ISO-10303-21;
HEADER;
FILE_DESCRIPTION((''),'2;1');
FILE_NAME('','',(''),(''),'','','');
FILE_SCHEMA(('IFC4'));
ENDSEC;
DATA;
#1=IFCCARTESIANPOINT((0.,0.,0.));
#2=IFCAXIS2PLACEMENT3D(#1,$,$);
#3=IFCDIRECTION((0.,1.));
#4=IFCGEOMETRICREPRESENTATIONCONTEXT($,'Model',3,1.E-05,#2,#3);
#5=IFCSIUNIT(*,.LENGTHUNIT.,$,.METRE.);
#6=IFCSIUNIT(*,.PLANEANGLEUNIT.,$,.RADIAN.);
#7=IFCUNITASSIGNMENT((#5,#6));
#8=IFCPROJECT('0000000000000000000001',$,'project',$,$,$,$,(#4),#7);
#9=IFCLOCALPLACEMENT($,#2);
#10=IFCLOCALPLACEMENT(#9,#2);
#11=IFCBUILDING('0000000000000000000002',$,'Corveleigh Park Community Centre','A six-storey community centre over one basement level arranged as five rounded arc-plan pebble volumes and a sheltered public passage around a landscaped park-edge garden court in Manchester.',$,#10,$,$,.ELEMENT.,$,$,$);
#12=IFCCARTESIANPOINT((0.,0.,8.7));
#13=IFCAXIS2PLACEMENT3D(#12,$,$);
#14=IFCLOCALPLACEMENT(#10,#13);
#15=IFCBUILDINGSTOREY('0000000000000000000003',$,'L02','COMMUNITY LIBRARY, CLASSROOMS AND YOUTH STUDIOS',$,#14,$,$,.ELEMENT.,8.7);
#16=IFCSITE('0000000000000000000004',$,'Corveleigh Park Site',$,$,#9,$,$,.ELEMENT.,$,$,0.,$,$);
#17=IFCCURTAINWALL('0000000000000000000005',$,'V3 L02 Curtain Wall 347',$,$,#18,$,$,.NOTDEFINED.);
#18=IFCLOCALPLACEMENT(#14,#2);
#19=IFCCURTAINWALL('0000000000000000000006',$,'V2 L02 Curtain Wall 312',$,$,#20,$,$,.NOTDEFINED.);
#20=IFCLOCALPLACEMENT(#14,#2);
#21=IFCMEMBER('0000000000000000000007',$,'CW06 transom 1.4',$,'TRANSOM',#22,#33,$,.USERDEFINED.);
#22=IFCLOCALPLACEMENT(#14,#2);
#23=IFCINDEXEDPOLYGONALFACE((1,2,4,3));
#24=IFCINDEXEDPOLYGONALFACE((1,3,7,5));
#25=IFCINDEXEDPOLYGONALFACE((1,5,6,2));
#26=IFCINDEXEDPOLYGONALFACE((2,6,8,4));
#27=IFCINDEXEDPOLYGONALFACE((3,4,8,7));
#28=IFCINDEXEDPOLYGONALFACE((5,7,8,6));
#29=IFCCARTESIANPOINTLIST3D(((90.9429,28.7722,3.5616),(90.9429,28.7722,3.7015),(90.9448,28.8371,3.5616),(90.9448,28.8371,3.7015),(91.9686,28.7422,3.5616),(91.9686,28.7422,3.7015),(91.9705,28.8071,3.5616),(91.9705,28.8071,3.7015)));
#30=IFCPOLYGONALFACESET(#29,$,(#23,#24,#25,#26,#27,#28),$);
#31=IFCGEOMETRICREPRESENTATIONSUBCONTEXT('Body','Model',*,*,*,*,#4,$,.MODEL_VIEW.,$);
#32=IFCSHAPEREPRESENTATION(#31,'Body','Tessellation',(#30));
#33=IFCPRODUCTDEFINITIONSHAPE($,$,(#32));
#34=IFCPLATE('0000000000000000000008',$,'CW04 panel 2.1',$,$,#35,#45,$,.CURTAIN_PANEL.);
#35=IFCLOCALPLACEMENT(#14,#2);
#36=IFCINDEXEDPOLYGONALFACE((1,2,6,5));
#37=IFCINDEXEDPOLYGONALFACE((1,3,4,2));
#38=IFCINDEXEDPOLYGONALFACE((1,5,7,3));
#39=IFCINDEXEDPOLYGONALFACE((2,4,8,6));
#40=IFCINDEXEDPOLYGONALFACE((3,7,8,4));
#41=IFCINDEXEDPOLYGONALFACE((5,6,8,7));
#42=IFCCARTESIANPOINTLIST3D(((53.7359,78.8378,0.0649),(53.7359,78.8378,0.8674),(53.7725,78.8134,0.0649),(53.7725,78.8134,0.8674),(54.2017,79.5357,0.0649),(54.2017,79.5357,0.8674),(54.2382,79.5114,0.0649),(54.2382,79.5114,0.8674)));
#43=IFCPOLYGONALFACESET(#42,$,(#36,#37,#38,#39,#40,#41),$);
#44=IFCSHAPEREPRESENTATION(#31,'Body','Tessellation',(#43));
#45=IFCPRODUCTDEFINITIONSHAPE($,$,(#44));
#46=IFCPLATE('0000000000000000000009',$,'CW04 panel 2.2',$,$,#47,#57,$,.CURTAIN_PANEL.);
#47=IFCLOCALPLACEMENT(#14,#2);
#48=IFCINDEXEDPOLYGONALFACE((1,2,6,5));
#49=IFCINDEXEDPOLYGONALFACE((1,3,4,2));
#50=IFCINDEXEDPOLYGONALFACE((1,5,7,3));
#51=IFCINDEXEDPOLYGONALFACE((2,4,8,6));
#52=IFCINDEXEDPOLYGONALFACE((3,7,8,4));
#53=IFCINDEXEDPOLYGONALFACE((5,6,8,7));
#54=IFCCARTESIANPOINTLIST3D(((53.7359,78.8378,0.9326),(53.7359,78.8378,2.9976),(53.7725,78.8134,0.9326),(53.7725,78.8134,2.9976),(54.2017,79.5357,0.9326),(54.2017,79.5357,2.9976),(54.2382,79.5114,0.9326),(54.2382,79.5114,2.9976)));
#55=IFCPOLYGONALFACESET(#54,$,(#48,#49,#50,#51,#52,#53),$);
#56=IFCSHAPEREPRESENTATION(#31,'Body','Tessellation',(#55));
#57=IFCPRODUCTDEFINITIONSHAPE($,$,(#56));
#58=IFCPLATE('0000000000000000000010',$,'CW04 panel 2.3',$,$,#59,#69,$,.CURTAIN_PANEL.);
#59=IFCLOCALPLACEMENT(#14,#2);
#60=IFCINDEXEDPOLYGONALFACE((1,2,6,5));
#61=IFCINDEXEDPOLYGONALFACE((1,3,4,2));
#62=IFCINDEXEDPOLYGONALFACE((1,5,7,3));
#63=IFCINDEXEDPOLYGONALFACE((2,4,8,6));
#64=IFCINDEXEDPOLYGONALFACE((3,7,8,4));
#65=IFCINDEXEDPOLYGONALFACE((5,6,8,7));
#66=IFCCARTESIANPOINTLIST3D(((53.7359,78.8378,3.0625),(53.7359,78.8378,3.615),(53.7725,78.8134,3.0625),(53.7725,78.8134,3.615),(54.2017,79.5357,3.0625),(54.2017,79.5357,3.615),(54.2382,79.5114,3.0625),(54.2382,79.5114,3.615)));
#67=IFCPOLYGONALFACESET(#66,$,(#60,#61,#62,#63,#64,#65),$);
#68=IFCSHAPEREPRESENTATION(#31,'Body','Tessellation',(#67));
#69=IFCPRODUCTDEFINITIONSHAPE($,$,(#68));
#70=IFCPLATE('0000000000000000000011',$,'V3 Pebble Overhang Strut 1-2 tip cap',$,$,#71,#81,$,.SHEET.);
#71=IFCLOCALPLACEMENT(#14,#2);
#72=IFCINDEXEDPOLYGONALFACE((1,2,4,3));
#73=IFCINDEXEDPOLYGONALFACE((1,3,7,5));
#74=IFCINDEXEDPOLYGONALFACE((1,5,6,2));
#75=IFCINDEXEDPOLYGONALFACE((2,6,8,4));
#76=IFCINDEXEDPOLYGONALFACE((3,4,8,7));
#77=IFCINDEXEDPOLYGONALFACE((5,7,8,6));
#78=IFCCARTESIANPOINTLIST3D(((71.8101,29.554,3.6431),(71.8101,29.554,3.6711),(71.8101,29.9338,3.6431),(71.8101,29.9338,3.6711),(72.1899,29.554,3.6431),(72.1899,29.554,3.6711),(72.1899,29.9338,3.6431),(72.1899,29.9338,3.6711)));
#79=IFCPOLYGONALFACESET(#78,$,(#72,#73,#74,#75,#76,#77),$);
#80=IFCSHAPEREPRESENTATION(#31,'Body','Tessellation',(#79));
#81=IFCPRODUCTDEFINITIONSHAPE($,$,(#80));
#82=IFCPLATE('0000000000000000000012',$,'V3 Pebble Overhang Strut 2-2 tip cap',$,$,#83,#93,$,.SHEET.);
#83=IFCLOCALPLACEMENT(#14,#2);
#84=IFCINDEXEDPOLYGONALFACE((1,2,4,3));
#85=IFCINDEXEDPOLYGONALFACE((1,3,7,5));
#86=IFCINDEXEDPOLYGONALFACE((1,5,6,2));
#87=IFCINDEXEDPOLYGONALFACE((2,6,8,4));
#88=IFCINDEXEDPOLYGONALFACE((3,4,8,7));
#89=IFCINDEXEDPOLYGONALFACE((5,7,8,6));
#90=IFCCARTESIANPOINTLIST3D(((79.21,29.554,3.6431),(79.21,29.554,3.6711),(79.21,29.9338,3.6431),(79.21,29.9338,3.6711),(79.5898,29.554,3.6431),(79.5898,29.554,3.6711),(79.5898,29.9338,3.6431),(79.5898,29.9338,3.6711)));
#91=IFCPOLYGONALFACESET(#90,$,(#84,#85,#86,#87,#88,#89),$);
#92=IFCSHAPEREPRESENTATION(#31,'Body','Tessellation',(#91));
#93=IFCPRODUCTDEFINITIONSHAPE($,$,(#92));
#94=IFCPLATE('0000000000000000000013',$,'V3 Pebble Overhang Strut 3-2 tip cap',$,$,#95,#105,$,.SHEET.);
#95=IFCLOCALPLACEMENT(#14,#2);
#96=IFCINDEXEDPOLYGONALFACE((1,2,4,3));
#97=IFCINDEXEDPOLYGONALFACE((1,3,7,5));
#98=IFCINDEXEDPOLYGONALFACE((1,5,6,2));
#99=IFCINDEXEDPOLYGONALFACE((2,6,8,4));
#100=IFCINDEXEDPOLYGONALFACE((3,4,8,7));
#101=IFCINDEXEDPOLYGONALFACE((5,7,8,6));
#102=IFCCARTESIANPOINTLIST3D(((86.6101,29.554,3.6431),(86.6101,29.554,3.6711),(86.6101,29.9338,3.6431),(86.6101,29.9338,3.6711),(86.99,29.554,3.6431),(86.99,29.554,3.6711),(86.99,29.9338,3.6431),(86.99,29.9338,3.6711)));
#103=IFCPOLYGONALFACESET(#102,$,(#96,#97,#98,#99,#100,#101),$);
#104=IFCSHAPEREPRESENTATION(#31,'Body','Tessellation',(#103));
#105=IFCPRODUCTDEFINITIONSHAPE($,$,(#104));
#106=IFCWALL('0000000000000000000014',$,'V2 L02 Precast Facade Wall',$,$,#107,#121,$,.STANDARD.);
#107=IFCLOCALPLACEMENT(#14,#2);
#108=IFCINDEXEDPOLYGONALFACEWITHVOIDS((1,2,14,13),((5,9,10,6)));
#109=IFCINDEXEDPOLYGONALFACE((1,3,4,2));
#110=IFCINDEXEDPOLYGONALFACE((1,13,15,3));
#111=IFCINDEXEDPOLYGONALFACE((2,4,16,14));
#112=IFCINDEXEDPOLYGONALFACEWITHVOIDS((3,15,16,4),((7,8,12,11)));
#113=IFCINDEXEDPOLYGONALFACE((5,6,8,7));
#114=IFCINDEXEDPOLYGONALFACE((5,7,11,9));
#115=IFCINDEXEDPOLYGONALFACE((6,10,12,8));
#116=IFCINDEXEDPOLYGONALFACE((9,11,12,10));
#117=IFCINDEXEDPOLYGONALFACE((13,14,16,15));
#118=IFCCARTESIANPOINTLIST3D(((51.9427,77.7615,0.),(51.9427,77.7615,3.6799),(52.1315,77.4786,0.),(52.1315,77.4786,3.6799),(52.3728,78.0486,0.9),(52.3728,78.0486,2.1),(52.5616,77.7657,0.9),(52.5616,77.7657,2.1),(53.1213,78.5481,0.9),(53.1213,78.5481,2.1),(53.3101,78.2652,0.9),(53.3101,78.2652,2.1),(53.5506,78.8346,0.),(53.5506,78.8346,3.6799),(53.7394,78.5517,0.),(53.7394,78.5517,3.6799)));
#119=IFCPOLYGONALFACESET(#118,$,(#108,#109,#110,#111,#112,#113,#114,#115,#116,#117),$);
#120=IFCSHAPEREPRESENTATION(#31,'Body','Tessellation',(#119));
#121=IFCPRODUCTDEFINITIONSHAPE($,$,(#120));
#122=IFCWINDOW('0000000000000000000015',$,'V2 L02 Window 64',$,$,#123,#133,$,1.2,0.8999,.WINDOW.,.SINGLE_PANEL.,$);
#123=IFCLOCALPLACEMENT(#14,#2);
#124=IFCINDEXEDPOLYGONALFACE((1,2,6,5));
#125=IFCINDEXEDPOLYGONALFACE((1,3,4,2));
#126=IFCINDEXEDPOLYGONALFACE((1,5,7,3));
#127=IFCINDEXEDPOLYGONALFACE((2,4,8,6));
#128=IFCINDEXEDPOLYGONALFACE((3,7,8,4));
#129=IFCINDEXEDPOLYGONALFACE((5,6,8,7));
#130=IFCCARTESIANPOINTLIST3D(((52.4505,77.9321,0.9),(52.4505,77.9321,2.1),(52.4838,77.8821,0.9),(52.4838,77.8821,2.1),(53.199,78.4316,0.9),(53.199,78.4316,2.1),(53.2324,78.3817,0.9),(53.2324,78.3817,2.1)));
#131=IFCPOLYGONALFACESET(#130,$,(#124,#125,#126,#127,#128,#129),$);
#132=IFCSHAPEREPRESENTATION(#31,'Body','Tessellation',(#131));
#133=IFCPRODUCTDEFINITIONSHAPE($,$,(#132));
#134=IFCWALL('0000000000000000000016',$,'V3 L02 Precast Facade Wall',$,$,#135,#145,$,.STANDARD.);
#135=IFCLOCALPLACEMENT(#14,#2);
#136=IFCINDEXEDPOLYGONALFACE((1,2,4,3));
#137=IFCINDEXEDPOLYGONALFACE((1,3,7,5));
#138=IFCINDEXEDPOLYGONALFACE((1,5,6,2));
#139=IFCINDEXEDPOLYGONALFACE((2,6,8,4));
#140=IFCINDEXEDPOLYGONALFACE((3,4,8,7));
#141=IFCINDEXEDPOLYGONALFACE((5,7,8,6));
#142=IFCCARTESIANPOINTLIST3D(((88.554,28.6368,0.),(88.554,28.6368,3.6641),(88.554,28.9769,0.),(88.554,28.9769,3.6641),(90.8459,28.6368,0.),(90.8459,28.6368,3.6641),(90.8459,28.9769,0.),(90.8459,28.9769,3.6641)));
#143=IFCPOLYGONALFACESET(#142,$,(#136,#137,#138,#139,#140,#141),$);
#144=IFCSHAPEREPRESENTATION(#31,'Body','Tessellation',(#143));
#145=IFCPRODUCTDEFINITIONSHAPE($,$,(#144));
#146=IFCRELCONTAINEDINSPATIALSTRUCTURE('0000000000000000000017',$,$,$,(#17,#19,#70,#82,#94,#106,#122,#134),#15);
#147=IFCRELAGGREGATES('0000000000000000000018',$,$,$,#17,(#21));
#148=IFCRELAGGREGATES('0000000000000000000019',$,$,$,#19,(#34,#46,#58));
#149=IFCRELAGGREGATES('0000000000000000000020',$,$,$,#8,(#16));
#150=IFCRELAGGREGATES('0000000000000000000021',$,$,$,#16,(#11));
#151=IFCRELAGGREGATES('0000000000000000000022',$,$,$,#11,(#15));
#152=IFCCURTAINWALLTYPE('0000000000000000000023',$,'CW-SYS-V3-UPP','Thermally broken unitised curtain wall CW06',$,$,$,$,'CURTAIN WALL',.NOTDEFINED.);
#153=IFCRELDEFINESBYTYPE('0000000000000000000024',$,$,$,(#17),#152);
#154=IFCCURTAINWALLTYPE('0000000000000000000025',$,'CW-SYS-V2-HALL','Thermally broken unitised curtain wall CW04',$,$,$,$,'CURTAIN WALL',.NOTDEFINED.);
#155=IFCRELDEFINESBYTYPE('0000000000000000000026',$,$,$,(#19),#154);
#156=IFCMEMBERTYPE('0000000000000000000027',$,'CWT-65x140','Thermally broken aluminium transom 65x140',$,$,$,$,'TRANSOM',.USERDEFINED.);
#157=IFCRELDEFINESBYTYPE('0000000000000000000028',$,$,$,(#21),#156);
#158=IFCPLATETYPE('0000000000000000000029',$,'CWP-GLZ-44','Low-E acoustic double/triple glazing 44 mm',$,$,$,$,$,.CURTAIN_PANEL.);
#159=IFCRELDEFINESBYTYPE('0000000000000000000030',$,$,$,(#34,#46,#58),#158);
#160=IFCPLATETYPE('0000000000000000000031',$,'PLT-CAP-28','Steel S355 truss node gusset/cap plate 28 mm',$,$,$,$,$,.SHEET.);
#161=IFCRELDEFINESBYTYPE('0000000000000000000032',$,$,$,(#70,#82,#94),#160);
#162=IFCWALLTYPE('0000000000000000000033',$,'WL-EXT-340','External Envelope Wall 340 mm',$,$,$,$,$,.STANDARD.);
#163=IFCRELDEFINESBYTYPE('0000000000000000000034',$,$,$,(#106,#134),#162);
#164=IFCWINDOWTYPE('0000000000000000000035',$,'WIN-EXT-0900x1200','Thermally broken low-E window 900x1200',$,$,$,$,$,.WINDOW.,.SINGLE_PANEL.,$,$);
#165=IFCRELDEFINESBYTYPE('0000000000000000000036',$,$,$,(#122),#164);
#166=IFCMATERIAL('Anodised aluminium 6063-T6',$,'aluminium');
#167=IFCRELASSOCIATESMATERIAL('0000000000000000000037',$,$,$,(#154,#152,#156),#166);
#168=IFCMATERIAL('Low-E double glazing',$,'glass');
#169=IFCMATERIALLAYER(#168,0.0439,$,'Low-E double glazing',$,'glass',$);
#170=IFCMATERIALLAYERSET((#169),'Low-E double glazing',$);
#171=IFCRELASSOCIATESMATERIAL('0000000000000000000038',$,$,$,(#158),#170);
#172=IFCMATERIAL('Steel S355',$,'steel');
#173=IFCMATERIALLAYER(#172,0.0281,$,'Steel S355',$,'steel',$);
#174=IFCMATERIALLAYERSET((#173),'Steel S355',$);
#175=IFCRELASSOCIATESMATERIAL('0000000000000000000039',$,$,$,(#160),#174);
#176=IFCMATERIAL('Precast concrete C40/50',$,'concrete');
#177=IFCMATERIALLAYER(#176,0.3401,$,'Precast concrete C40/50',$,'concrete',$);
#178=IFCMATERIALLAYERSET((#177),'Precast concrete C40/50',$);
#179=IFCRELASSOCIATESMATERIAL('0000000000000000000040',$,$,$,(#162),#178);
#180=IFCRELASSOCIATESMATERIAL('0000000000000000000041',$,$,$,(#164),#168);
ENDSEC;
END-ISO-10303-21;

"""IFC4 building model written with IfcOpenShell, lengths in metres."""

from ifc_helpers import new_model, si_unit, direction, frame, frame_2d, origin, origin_2d, place, context, subcontext, project, spatial, rectangle, extrude, material, layer, layer_set, material_profile, profile_set, type_object, element, fill, aggregate, save


model = new_model("IFC4")

# Units and contexts
model_context = context("Model", 3, precision=1e-05, world=origin(), true_north=direction((0.0, 1.0)))
body_context = subcontext(model_context, "Body", "Model", "MODEL_VIEW")
ifc_project = project(units=[si_unit("LENGTHUNIT", "METRE"), si_unit("PLANEANGLEUNIT", "RADIAN")], contexts=[model_context])

# Site, building, storey
site_placement = place(None, origin())
site = spatial("IfcSite", under=ifc_project, at=site_placement, Name="Corveleigh Park Site", CompositionType="ELEMENT", RefElevation=0.0)
building_placement = place(site_placement, origin())
building = spatial("IfcBuilding", under=site, at=building_placement, Name="Corveleigh Park Community Centre", Description="A six-storey community centre over one basement level arranged as five rounded arc-plan pebble volumes and a sheltered public passage around a landscaped park-edge garden court in Manchester.", CompositionType="ELEMENT")
storey_placement = place(building_placement, frame((0.0, 0.0, 8.7)))
storey = spatial("IfcBuildingStorey", under=building, at=storey_placement, Name="L02", Description="COMMUNITY LIBRARY, CLASSROOMS AND YOUTH STUDIOS", CompositionType="ELEMENT", Elevation=8.7)

# Curtain wall
ifc_material_1 = material(Name="Anodised aluminium 6063-T6", Category="aluminium")
curtain_wall_type_1 = type_object("IfcCurtainWallType", Name="CW-SYS-V2-HALL", Description="Thermally broken unitised curtain wall CW04", ElementType="CURTAIN WALL", PredefinedType="NOTDEFINED", material=ifc_material_1)
curtain_wall_type_2 = type_object("IfcCurtainWallType", Name="CW-SYS-V3-UPP", Description="Thermally broken unitised curtain wall CW06", ElementType="CURTAIN WALL", PredefinedType="NOTDEFINED", material=ifc_material_1)
curtain_wall_1_placement = place(storey_placement, origin())
curtain_wall_1 = element("IfcCurtainWall", 1, at=curtain_wall_1_placement, inside=storey, type_object=curtain_wall_type_2, Name="V3 L02 Curtain Wall 347", PredefinedType="NOTDEFINED")

# Curtain wall
curtain_wall_2_placement = place(storey_placement, origin())
curtain_wall_2 = element("IfcCurtainWall", 2, at=curtain_wall_2_placement, inside=storey, type_object=curtain_wall_type_1, Name="V2 L02 Curtain Wall 312", PredefinedType="NOTDEFINED")

# Member
ifc_material_profile_1 = material_profile(ifc_material_1, rectangle(XDim=0.0649, YDim=0.1399, at=origin_2d()), Name="ALU-T65x140", Category="aluminium")
ifc_profile_set_1 = profile_set([ifc_material_profile_1], Name="Anodised aluminium 6063-T6")
member_type_1 = type_object("IfcMemberType", Name="CWT-65x140", Description="Thermally broken aluminium transom 65x140", ElementType="TRANSOM", PredefinedType="USERDEFINED", material=ifc_profile_set_1)
member_1_placement = place(storey_placement, frame((90.9438, 28.8047, 3.6316), z_axis=(0.999572, -0.029266, 0.0), x_axis=(0.029266, 0.999572, 0.0)))
member_1 = element("IfcMember", 3, at=member_1_placement, type_object=member_type_1, Name="CW06 transom 1.4", ObjectType="TRANSOM", PredefinedType="USERDEFINED", context=body_context, shape_type="SweptSolid", body=[
    extrude(rectangle(XDim=0.0649, YDim=0.1399, at=origin_2d()), origin(), (0.0, 0.0, 1.0), 1.0261),
])
aggregate(curtain_wall_1, [member_1])

# Plates
ifc_material_2 = material(Name="Low-E double glazing", Category="glass")
ifc_layer_1 = layer(ifc_material_2, 0.0439, Name="Low-E double glazing", Category="glass")
ifc_layer_set_1 = layer_set([ifc_layer_1], Name="Low-E double glazing")
plate_type_1 = type_object("IfcPlateType", Name="CWP-GLZ-44", Description="Low-E acoustic double/triple glazing 44 mm", PredefinedType="CURTAIN_PANEL", material=ifc_layer_set_1)
plate_1_placement = place(storey_placement, frame((53.9871, 79.1746, 0.0649), z_axis=(0.0, 0.0, 1.0), x_axis=(-0.555058, -0.831811, 0.0)))
plate_1 = element("IfcPlate", 4, at=plate_1_placement, type_object=plate_type_1, Name="CW04 panel 2.1", PredefinedType="CURTAIN_PANEL", context=body_context, shape_type="SweptSolid", body=[
    extrude(rectangle(XDim=0.8391, YDim=0.0439, at=origin_2d()), origin(), (0.0, 0.0, 1.0), 0.8025),
])
plate_2_placement = place(storey_placement, frame((53.9871, 79.1746, 0.9326), z_axis=(0.0, 0.0, 1.0), x_axis=(-0.555058, -0.831811, 0.0)))
plate_2 = element("IfcPlate", 5, at=plate_2_placement, type_object=plate_type_1, Name="CW04 panel 2.2", PredefinedType="CURTAIN_PANEL", context=body_context, shape_type="SweptSolid", body=[
    extrude(rectangle(XDim=0.8391, YDim=0.0439, at=origin_2d()), origin(), (0.0, 0.0, 1.0), 2.0649),
])
plate_3_placement = place(storey_placement, frame((53.9871, 79.1746, 3.0625), z_axis=(0.0, 0.0, 1.0), x_axis=(-0.555058, -0.831811, 0.0)))
plate_3 = element("IfcPlate", 6, at=plate_3_placement, type_object=plate_type_1, Name="CW04 panel 2.3", PredefinedType="CURTAIN_PANEL", context=body_context, shape_type="SweptSolid", body=[
    extrude(rectangle(XDim=0.8391, YDim=0.0439, at=origin_2d()), origin(), (0.0, 0.0, 1.0), 0.5525),
])
aggregate(curtain_wall_2, [plate_1, plate_2, plate_3])

# Plates
ifc_material_3 = material(Name="Steel S355", Category="steel")
ifc_layer_2 = layer(ifc_material_3, 0.0281, Name="Steel S355", Category="steel")
ifc_layer_set_2 = layer_set([ifc_layer_2], Name="Steel S355")
plate_type_2 = type_object("IfcPlateType", Name="PLT-CAP-28", Description="Steel S355 truss node gusset/cap plate 28 mm", PredefinedType="SHEET", material=ifc_layer_set_2)
for number, where, z_axis, x_axis, name in (
    (7, (72.0, 29.7439, 3.6431), (0.0, 0.0, 1.0), (1.0, 0.0, 0.0), "V3 Pebble Overhang Strut 1-2 tip cap"),
    (8, (79.3999, 29.7439, 3.6431), (0.0, 0.0, 1.0), (1.0, 0.0, 0.0), "V3 Pebble Overhang Strut 2-2 tip cap"),
    (9, (86.8, 29.7439, 3.6431), (0.0, 0.0, 1.0), (1.0, 0.0, 0.0), "V3 Pebble Overhang Strut 3-2 tip cap"),
):
    element("IfcPlate", number, at=place(storey_placement, frame(where, z_axis=z_axis, x_axis=x_axis)), inside=storey, type_object=plate_type_2, Name=name, PredefinedType="SHEET", context=body_context, shape_type="SweptSolid", body=[
        extrude(rectangle(XDim=0.3799, YDim=0.3799, at=origin_2d()), origin(), (0.0, 0.0, 1.0), 0.0281),
    ])

# Wall, opening, window
ifc_material_4 = material(Name="Precast concrete C40/50", Category="concrete")
ifc_layer_3 = layer(ifc_material_4, 0.3401, Name="Precast concrete C40/50", Category="concrete")
ifc_layer_set_3 = layer_set([ifc_layer_3], Name="Precast concrete C40/50")
wall_type = type_object("IfcWallType", Name="WL-EXT-340", Description="External Envelope Wall 340 mm", PredefinedType="STANDARD", material=ifc_layer_set_3)
wall_1_placement = place(storey_placement, frame((53.645, 78.6931, 0.0), z_axis=(0.0, 0.0, 1.0), x_axis=(-0.831798, -0.555079, 0.0)))
wall_1 = element("IfcWall", 10, at=wall_1_placement, inside=storey, type_object=wall_type, Name="V2 L02 Precast Facade Wall", PredefinedType="STANDARD", context=body_context, shape_type="SweptSolid", body=[
    extrude(rectangle(XDim=1.9331, YDim=0.3401, at=frame_2d((0.9666, 0.0))), origin(), (0.0, 0.0, 1.0), 3.6799),
])
opening_placement = place(wall_1_placement, frame((0.5161, 0.0, 0.8999)))
opening = element("IfcOpeningElement", 11, at=opening_placement, cuts=wall_1, PredefinedType="OPENING", context=body_context, shape_type="SweptSolid", body=[
    extrude(rectangle(XDim=0.8999, YDim=1.2, at=frame_2d((0.45, 0.6001))), frame((0.0, 0.1799, 0.0), z_axis=(0.0, -1.0, 0.0), x_axis=(1.0, 0.0, 0.0)), (0.0, 0.0, 1.0), 0.3601),
])
window_type = type_object("IfcWindowType", Name="WIN-EXT-0900x1200", Description="Thermally broken low-E window 900x1200", PartitioningType="SINGLE_PANEL", PredefinedType="WINDOW", material=ifc_material_2)
window_placement = place(opening_placement, origin())
window = element("IfcWindow", 12, at=window_placement, inside=storey, type_object=window_type, Name="V2 L02 Window 64", OverallHeight=1.2, OverallWidth=0.8999, PartitioningType="SINGLE_PANEL", PredefinedType="WINDOW", context=body_context, shape_type="SweptSolid", body=[
    extrude(rectangle(XDim=0.8999, YDim=1.2, at=frame_2d((0.45, 0.6001))), frame((0.0, 0.03, 0.0), z_axis=(0.0, -1.0, 0.0), x_axis=(1.0, 0.0, 0.0)), (0.0, 0.0, 1.0), 0.0601),
])
fill(opening, window)

# Wall
wall_2_placement = place(storey_placement, frame((88.554, 28.8069, 0.0), z_axis=(0.0, 0.0, 1.0), x_axis=(1.0, 0.0, 0.0)))
element("IfcWall", 13, at=wall_2_placement, inside=storey, type_object=wall_type, Name="V3 L02 Precast Facade Wall", PredefinedType="STANDARD", context=body_context, shape_type="SweptSolid", body=[
    extrude(rectangle(XDim=2.292, YDim=0.3401, at=frame_2d((1.146, 0.0))), origin(), (0.0, 0.0, 1.0), 3.6641),
])

save(model, "model.ifc")
